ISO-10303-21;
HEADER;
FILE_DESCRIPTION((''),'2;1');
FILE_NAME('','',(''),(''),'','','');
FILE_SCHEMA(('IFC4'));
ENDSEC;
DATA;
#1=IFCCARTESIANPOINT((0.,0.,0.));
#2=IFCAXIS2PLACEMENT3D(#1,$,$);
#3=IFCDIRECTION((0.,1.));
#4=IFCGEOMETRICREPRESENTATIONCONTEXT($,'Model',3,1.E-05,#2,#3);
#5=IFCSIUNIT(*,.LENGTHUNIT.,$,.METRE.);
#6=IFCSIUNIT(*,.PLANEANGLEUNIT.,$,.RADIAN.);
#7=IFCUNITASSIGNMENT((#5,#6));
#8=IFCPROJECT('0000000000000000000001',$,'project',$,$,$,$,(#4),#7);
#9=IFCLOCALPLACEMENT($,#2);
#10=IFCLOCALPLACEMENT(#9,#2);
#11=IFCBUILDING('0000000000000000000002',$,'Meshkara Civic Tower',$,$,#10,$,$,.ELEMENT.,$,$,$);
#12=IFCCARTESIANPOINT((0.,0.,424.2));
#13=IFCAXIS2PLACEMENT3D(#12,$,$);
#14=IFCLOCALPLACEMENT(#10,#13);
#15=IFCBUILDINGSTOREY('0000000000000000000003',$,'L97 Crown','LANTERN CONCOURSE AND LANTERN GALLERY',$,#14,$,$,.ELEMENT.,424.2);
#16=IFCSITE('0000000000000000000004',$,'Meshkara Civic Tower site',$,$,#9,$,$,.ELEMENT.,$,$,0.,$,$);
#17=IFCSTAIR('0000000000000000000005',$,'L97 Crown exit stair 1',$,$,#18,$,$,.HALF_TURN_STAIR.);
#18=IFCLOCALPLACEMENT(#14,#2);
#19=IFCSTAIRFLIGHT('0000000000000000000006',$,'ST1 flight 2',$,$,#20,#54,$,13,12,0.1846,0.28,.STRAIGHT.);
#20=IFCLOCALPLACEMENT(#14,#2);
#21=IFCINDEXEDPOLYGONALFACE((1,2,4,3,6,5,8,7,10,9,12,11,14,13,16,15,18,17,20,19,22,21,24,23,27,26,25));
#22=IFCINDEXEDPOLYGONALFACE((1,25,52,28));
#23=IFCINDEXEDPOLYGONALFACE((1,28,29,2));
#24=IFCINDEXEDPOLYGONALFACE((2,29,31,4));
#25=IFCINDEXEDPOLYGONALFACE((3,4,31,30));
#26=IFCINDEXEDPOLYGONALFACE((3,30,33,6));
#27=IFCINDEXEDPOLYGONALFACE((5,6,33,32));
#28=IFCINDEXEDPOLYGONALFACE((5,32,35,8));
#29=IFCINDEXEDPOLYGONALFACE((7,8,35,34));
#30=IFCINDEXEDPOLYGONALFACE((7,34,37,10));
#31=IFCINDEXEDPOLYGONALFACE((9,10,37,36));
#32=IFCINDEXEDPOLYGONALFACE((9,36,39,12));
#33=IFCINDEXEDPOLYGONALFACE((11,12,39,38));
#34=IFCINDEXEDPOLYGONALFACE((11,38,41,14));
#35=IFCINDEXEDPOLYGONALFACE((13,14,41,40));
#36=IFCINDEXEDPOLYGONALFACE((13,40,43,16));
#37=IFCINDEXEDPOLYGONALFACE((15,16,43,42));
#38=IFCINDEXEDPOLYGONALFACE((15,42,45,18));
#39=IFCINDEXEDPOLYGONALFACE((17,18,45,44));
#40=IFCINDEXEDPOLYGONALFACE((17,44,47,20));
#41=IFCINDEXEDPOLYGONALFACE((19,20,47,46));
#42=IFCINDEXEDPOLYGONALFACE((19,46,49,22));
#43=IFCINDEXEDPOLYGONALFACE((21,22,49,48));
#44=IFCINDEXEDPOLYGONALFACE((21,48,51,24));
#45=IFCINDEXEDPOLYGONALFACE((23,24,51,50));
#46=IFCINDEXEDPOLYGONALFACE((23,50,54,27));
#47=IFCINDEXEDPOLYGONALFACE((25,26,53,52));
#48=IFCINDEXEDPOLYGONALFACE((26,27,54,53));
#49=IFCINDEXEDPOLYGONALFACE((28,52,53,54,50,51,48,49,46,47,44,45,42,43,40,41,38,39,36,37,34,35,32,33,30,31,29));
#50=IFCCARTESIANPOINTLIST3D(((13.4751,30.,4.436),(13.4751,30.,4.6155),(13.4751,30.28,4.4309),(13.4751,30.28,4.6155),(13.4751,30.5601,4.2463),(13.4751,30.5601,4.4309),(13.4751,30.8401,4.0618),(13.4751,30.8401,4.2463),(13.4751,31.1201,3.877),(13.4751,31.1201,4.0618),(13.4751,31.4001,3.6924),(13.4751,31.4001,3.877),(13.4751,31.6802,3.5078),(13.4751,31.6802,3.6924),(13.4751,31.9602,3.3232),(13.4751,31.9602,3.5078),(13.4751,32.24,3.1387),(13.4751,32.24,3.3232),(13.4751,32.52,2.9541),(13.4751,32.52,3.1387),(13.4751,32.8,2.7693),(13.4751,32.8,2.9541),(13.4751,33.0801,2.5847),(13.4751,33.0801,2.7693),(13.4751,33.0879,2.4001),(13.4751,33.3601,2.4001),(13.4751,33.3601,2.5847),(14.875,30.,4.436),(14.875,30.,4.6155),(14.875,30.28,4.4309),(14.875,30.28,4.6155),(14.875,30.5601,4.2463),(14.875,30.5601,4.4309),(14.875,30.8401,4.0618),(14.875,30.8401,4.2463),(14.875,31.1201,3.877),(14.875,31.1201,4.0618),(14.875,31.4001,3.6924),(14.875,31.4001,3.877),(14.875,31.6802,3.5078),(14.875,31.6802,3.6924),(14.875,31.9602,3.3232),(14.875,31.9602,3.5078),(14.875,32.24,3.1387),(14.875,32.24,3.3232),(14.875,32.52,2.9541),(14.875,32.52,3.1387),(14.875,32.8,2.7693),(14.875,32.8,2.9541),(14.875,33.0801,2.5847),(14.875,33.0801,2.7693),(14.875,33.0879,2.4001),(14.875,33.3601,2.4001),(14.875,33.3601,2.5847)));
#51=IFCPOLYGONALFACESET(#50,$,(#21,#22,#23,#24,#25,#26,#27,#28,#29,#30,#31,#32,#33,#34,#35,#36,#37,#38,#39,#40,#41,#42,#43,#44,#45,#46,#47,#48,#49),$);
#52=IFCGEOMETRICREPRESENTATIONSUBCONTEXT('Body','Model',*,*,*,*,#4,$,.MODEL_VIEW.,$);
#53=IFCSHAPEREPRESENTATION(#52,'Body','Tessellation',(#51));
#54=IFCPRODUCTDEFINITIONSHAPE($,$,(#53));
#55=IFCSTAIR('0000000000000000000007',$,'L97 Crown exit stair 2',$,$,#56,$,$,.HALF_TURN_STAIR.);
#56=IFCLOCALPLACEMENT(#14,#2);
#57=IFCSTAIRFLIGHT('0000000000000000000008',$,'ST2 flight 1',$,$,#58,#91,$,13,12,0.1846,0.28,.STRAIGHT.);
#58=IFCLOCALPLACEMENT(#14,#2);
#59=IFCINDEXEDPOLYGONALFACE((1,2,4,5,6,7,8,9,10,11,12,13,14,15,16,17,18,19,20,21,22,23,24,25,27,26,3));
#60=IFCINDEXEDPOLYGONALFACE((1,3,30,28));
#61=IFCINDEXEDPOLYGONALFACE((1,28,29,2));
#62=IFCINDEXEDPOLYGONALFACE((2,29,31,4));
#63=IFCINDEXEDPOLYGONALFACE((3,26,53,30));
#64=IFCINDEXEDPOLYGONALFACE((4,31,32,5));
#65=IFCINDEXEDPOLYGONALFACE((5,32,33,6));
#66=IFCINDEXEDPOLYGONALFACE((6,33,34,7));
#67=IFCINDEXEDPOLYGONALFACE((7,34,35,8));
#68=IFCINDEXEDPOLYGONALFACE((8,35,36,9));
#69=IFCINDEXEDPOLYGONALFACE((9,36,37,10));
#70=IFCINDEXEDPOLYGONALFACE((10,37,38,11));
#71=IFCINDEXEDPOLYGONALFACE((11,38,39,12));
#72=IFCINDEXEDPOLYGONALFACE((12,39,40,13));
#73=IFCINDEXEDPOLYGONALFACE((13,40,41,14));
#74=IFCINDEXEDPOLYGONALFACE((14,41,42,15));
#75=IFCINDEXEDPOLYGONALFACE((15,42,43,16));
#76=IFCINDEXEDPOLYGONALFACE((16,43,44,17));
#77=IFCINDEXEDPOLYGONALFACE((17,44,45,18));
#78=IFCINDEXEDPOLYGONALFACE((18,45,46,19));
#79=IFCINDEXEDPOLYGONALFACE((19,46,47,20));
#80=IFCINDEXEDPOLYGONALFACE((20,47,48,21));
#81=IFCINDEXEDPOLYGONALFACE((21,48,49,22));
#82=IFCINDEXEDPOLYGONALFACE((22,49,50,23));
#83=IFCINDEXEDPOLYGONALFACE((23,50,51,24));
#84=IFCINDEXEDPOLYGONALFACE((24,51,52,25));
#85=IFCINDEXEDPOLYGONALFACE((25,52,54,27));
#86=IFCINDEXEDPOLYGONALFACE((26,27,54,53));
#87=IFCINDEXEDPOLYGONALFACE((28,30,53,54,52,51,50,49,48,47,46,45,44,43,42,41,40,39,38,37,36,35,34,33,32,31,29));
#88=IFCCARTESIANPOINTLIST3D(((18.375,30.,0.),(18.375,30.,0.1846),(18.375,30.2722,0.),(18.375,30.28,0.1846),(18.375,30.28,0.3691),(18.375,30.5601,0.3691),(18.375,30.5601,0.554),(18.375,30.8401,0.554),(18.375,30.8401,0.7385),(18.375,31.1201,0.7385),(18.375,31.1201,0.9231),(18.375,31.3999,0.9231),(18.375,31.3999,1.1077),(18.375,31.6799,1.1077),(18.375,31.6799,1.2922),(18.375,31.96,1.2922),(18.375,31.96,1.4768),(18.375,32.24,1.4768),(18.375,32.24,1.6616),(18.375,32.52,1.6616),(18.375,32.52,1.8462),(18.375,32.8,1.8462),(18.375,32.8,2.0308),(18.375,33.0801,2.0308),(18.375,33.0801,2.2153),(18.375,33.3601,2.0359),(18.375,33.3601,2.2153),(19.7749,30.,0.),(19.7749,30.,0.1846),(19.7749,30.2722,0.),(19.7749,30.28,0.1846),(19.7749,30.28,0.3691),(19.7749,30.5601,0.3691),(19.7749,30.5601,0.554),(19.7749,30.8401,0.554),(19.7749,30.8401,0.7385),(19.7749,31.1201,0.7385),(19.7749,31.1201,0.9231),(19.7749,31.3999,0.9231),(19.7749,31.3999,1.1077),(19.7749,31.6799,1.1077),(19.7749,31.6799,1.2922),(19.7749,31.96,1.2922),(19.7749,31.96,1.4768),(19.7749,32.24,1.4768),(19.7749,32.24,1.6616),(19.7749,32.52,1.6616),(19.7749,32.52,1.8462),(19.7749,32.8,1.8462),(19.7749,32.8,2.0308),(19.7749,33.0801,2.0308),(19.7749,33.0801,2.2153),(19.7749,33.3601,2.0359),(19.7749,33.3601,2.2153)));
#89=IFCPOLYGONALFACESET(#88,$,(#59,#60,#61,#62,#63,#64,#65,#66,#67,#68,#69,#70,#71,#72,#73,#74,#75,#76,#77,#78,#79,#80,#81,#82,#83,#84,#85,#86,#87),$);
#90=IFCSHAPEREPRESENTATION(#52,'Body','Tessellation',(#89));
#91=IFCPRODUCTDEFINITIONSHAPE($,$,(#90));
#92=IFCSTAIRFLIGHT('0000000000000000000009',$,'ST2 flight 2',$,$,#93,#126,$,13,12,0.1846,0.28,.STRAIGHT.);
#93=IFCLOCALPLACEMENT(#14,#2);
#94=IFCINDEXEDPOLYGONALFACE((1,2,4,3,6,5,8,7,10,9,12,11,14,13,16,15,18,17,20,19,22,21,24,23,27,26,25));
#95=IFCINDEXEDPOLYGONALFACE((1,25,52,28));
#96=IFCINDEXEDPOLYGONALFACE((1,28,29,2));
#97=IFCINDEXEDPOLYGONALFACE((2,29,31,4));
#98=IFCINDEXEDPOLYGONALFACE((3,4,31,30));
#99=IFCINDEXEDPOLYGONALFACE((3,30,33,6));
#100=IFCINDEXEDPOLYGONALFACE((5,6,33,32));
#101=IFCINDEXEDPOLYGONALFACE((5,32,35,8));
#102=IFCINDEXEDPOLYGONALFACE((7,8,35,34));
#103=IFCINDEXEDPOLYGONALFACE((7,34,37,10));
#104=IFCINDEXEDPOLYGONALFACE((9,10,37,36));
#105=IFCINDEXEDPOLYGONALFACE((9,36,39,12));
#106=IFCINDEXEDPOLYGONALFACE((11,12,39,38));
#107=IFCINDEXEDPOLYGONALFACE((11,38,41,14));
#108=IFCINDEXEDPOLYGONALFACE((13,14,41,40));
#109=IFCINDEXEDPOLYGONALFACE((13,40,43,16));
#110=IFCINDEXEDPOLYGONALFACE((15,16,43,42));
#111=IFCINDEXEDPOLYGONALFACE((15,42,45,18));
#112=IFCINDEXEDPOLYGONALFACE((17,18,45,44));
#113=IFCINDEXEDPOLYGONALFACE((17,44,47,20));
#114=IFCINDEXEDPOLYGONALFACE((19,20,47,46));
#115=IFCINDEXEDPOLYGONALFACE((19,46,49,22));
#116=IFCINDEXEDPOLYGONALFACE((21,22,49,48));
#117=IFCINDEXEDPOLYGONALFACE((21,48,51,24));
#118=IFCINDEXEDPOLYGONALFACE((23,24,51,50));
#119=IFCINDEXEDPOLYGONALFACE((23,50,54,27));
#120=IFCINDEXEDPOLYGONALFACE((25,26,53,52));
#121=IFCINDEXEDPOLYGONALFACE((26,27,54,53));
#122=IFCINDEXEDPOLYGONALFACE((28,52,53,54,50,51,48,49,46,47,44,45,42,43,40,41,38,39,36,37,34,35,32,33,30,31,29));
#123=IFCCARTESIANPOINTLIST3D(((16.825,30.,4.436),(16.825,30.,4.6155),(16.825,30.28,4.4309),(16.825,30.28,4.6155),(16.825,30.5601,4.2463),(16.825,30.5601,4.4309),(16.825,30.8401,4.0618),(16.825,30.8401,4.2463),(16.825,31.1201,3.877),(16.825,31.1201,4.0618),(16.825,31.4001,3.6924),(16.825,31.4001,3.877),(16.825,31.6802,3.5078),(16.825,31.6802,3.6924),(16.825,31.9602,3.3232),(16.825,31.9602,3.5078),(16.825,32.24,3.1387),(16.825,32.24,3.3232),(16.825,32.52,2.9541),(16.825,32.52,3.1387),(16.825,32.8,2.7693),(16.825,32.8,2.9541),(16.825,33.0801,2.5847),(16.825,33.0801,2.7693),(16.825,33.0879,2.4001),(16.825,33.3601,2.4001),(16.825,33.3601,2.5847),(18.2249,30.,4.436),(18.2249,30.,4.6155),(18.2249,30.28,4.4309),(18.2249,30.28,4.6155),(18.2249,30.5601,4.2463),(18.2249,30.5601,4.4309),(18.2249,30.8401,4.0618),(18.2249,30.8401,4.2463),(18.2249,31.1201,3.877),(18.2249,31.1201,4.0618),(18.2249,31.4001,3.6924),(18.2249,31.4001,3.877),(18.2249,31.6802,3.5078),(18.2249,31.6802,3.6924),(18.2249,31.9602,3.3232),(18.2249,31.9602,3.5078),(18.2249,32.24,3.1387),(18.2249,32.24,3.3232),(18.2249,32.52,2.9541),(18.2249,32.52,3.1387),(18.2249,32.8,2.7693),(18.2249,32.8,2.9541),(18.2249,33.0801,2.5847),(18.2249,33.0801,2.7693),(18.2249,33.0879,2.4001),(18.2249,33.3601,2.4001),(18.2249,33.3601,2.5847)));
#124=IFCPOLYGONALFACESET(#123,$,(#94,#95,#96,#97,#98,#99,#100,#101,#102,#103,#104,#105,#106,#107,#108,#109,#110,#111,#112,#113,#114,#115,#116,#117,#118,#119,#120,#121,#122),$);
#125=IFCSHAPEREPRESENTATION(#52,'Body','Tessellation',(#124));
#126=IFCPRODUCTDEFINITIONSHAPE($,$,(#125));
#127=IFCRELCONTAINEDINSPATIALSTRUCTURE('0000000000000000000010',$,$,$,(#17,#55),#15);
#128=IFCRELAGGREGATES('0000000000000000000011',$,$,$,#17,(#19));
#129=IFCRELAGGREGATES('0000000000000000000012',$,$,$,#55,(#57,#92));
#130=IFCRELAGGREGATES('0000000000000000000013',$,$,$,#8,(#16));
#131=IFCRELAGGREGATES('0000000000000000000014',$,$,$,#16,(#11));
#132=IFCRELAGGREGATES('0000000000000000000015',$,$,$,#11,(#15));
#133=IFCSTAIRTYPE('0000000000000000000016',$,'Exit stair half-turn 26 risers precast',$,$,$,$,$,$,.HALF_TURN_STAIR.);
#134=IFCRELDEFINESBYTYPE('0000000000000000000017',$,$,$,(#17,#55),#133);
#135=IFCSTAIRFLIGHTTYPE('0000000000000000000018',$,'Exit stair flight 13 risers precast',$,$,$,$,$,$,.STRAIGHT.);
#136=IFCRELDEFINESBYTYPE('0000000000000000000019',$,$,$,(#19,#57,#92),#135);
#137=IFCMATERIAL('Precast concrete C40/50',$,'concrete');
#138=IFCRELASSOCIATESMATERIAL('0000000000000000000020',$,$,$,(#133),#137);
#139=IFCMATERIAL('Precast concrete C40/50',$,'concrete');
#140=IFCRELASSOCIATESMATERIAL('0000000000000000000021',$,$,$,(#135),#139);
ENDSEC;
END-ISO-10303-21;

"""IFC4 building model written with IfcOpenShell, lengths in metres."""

from ifc_helpers import new_model, si_unit, direction, frame, origin, place, context, subcontext, project, spatial, polyline, outline, extrude, material, type_object, element, aggregate, save


model = new_model("IFC4")

# Units and contexts
model_context = context("Model", 3, precision=1e-05, world=origin(), true_north=direction((0.0, 1.0)))
body_context = subcontext(model_context, "Body", "Model", "MODEL_VIEW")
ifc_project = project(units=[si_unit("LENGTHUNIT", "METRE"), si_unit("PLANEANGLEUNIT", "RADIAN")], contexts=[model_context])

# Site, building, storey
site_placement = place(None, origin())
site = spatial("IfcSite", under=ifc_project, at=site_placement, Name="Meshkara Civic Tower site", CompositionType="ELEMENT", RefElevation=0.0)
building_placement = place(site_placement, origin())
building = spatial("IfcBuilding", under=site, at=building_placement, Name="Meshkara Civic Tower", CompositionType="ELEMENT")
storey_placement = place(building_placement, frame((0.0, 0.0, 424.2)))
storey = spatial("IfcBuildingStorey", under=building, at=storey_placement, Name="L97 Crown", Description="LANTERN CONCOURSE AND LANTERN GALLERY", CompositionType="ELEMENT", Elevation=424.2)

# Stairs, stair flights
ifc_material_1 = material(Name="Precast concrete C40/50", Category="concrete")
stair_type = type_object("IfcStairType", Name="Exit stair half-turn 26 risers precast", PredefinedType="HALF_TURN_STAIR", material=ifc_material_1)
stair_1_placement = place(storey_placement, origin())
stair_1 = element("IfcStair", 1, at=stair_1_placement, inside=storey, type_object=stair_type, Name="L97 Crown exit stair 1", PredefinedType="HALF_TURN_STAIR")
ifc_material_2 = material(Name="Precast concrete C40/50", Category="concrete")
stair_flight_type = type_object("IfcStairFlightType", Name="Exit stair flight 13 risers precast", PredefinedType="STRAIGHT", material=ifc_material_2)
stair_flight_1_placement = place(storey_placement, frame((14.175, 33.3601, 2.4001), z_axis=(0.0, 0.0, 1.0), x_axis=(0.0, -1.0, 0.0)))
stair_flight_1 = element("IfcStairFlight", 2, at=stair_flight_1_placement, type_object=stair_flight_type, Name="ST1 flight 2", NumberOfRisers=13, NumberOfTreads=12, PredefinedType="STRAIGHT", RiserHeight=0.1846, TreadLength=0.28, context=body_context, shape_type="SweptSolid", body=[
    extrude(outline(polyline([(0.0, 0.0), (0.0, 0.1846), (0.28, 0.1846), (0.28, 0.3691), (0.5601, 0.3691), (0.5601, 0.554), (0.8401, 0.554), (0.8401, 0.7385), (1.1201, 0.7385), (1.1201, 0.9231), (1.3999, 0.9231), (1.3999, 1.1077), (1.6799, 1.1077), (1.6799, 1.2922), (1.96, 1.2922), (1.96, 1.4768), (2.24, 1.4768), (2.24, 1.6616), (2.52, 1.6616), (2.52, 1.8462), (2.8, 1.8462), (2.8, 2.0308), (3.0801, 2.0308), (3.0801, 2.2153), (3.3601, 2.2153), (3.3601, 2.3999), (3.3601, 2.0359), (0.2722, 0.0), (0.0, 0.0)])), frame((0.0, 0.7, 0.0), z_axis=(0.0, -1.0, 0.0), x_axis=(1.0, 0.0, 0.0)), (0.0, 0.0, 1.0), 1.3999),
])
aggregate(stair_1, [stair_flight_1])
stair_2_placement = place(storey_placement, origin())
stair_2 = element("IfcStair", 3, at=stair_2_placement, inside=storey, type_object=stair_type, Name="L97 Crown exit stair 2", PredefinedType="HALF_TURN_STAIR")
stair_flight_2_placement = place(storey_placement, frame((19.075, 30.0, 0.0), z_axis=(0.0, 0.0, 1.0), x_axis=(0.0, 1.0, 0.0)))
stair_flight_2 = element("IfcStairFlight", 4, at=stair_flight_2_placement, type_object=stair_flight_type, Name="ST2 flight 1", NumberOfRisers=13, NumberOfTreads=12, PredefinedType="STRAIGHT", RiserHeight=0.1846, TreadLength=0.28, context=body_context, shape_type="SweptSolid", body=[
    extrude(outline(polyline([(0.0, 0.0), (0.0, 0.1846), (0.28, 0.1846), (0.28, 0.3691), (0.5601, 0.3691), (0.5601, 0.554), (0.8401, 0.554), (0.8401, 0.7385), (1.1201, 0.7385), (1.1201, 0.9231), (1.3999, 0.9231), (1.3999, 1.1077), (1.6799, 1.1077), (1.6799, 1.2922), (1.96, 1.2922), (1.96, 1.4768), (2.24, 1.4768), (2.24, 1.6616), (2.52, 1.6616), (2.52, 1.8462), (2.8, 1.8462), (2.8, 2.0308), (3.0801, 2.0308), (3.0801, 2.2153), (3.3601, 2.2153), (3.3601, 2.3999), (3.3601, 2.0359), (0.2722, 0.0), (0.0, 0.0)])), frame((0.0, 0.7, 0.0), z_axis=(0.0, -1.0, 0.0), x_axis=(1.0, 0.0, 0.0)), (0.0, 0.0, 1.0), 1.3999),
])
stair_flight_3_placement = place(storey_placement, frame((17.5249, 33.3601, 2.4001), z_axis=(0.0, 0.0, 1.0), x_axis=(0.0, -1.0, 0.0)))
stair_flight_3 = element("IfcStairFlight", 5, at=stair_flight_3_placement, type_object=stair_flight_type, Name="ST2 flight 2", NumberOfRisers=13, NumberOfTreads=12, PredefinedType="STRAIGHT", RiserHeight=0.1846, TreadLength=0.28, context=body_context, shape_type="SweptSolid", body=[
    extrude(outline(polyline([(0.0, 0.0), (0.0, 0.1846), (0.28, 0.1846), (0.28, 0.3691), (0.5601, 0.3691), (0.5601, 0.554), (0.8401, 0.554), (0.8401, 0.7385), (1.1201, 0.7385), (1.1201, 0.9231), (1.3999, 0.9231), (1.3999, 1.1077), (1.6799, 1.1077), (1.6799, 1.2922), (1.96, 1.2922), (1.96, 1.4768), (2.24, 1.4768), (2.24, 1.6616), (2.52, 1.6616), (2.52, 1.8462), (2.8, 1.8462), (2.8, 2.0308), (3.0801, 2.0308), (3.0801, 2.2153), (3.3601, 2.2153), (3.3601, 2.3999), (3.3601, 2.0359), (0.2722, 0.0), (0.0, 0.0)])), frame((0.0, 0.7, 0.0), z_axis=(0.0, -1.0, 0.0), x_axis=(1.0, 0.0, 0.0)), (0.0, 0.0, 1.0), 1.3999),
])
aggregate(stair_2, [stair_flight_2, stair_flight_3])

save(model, "model.ifc")
